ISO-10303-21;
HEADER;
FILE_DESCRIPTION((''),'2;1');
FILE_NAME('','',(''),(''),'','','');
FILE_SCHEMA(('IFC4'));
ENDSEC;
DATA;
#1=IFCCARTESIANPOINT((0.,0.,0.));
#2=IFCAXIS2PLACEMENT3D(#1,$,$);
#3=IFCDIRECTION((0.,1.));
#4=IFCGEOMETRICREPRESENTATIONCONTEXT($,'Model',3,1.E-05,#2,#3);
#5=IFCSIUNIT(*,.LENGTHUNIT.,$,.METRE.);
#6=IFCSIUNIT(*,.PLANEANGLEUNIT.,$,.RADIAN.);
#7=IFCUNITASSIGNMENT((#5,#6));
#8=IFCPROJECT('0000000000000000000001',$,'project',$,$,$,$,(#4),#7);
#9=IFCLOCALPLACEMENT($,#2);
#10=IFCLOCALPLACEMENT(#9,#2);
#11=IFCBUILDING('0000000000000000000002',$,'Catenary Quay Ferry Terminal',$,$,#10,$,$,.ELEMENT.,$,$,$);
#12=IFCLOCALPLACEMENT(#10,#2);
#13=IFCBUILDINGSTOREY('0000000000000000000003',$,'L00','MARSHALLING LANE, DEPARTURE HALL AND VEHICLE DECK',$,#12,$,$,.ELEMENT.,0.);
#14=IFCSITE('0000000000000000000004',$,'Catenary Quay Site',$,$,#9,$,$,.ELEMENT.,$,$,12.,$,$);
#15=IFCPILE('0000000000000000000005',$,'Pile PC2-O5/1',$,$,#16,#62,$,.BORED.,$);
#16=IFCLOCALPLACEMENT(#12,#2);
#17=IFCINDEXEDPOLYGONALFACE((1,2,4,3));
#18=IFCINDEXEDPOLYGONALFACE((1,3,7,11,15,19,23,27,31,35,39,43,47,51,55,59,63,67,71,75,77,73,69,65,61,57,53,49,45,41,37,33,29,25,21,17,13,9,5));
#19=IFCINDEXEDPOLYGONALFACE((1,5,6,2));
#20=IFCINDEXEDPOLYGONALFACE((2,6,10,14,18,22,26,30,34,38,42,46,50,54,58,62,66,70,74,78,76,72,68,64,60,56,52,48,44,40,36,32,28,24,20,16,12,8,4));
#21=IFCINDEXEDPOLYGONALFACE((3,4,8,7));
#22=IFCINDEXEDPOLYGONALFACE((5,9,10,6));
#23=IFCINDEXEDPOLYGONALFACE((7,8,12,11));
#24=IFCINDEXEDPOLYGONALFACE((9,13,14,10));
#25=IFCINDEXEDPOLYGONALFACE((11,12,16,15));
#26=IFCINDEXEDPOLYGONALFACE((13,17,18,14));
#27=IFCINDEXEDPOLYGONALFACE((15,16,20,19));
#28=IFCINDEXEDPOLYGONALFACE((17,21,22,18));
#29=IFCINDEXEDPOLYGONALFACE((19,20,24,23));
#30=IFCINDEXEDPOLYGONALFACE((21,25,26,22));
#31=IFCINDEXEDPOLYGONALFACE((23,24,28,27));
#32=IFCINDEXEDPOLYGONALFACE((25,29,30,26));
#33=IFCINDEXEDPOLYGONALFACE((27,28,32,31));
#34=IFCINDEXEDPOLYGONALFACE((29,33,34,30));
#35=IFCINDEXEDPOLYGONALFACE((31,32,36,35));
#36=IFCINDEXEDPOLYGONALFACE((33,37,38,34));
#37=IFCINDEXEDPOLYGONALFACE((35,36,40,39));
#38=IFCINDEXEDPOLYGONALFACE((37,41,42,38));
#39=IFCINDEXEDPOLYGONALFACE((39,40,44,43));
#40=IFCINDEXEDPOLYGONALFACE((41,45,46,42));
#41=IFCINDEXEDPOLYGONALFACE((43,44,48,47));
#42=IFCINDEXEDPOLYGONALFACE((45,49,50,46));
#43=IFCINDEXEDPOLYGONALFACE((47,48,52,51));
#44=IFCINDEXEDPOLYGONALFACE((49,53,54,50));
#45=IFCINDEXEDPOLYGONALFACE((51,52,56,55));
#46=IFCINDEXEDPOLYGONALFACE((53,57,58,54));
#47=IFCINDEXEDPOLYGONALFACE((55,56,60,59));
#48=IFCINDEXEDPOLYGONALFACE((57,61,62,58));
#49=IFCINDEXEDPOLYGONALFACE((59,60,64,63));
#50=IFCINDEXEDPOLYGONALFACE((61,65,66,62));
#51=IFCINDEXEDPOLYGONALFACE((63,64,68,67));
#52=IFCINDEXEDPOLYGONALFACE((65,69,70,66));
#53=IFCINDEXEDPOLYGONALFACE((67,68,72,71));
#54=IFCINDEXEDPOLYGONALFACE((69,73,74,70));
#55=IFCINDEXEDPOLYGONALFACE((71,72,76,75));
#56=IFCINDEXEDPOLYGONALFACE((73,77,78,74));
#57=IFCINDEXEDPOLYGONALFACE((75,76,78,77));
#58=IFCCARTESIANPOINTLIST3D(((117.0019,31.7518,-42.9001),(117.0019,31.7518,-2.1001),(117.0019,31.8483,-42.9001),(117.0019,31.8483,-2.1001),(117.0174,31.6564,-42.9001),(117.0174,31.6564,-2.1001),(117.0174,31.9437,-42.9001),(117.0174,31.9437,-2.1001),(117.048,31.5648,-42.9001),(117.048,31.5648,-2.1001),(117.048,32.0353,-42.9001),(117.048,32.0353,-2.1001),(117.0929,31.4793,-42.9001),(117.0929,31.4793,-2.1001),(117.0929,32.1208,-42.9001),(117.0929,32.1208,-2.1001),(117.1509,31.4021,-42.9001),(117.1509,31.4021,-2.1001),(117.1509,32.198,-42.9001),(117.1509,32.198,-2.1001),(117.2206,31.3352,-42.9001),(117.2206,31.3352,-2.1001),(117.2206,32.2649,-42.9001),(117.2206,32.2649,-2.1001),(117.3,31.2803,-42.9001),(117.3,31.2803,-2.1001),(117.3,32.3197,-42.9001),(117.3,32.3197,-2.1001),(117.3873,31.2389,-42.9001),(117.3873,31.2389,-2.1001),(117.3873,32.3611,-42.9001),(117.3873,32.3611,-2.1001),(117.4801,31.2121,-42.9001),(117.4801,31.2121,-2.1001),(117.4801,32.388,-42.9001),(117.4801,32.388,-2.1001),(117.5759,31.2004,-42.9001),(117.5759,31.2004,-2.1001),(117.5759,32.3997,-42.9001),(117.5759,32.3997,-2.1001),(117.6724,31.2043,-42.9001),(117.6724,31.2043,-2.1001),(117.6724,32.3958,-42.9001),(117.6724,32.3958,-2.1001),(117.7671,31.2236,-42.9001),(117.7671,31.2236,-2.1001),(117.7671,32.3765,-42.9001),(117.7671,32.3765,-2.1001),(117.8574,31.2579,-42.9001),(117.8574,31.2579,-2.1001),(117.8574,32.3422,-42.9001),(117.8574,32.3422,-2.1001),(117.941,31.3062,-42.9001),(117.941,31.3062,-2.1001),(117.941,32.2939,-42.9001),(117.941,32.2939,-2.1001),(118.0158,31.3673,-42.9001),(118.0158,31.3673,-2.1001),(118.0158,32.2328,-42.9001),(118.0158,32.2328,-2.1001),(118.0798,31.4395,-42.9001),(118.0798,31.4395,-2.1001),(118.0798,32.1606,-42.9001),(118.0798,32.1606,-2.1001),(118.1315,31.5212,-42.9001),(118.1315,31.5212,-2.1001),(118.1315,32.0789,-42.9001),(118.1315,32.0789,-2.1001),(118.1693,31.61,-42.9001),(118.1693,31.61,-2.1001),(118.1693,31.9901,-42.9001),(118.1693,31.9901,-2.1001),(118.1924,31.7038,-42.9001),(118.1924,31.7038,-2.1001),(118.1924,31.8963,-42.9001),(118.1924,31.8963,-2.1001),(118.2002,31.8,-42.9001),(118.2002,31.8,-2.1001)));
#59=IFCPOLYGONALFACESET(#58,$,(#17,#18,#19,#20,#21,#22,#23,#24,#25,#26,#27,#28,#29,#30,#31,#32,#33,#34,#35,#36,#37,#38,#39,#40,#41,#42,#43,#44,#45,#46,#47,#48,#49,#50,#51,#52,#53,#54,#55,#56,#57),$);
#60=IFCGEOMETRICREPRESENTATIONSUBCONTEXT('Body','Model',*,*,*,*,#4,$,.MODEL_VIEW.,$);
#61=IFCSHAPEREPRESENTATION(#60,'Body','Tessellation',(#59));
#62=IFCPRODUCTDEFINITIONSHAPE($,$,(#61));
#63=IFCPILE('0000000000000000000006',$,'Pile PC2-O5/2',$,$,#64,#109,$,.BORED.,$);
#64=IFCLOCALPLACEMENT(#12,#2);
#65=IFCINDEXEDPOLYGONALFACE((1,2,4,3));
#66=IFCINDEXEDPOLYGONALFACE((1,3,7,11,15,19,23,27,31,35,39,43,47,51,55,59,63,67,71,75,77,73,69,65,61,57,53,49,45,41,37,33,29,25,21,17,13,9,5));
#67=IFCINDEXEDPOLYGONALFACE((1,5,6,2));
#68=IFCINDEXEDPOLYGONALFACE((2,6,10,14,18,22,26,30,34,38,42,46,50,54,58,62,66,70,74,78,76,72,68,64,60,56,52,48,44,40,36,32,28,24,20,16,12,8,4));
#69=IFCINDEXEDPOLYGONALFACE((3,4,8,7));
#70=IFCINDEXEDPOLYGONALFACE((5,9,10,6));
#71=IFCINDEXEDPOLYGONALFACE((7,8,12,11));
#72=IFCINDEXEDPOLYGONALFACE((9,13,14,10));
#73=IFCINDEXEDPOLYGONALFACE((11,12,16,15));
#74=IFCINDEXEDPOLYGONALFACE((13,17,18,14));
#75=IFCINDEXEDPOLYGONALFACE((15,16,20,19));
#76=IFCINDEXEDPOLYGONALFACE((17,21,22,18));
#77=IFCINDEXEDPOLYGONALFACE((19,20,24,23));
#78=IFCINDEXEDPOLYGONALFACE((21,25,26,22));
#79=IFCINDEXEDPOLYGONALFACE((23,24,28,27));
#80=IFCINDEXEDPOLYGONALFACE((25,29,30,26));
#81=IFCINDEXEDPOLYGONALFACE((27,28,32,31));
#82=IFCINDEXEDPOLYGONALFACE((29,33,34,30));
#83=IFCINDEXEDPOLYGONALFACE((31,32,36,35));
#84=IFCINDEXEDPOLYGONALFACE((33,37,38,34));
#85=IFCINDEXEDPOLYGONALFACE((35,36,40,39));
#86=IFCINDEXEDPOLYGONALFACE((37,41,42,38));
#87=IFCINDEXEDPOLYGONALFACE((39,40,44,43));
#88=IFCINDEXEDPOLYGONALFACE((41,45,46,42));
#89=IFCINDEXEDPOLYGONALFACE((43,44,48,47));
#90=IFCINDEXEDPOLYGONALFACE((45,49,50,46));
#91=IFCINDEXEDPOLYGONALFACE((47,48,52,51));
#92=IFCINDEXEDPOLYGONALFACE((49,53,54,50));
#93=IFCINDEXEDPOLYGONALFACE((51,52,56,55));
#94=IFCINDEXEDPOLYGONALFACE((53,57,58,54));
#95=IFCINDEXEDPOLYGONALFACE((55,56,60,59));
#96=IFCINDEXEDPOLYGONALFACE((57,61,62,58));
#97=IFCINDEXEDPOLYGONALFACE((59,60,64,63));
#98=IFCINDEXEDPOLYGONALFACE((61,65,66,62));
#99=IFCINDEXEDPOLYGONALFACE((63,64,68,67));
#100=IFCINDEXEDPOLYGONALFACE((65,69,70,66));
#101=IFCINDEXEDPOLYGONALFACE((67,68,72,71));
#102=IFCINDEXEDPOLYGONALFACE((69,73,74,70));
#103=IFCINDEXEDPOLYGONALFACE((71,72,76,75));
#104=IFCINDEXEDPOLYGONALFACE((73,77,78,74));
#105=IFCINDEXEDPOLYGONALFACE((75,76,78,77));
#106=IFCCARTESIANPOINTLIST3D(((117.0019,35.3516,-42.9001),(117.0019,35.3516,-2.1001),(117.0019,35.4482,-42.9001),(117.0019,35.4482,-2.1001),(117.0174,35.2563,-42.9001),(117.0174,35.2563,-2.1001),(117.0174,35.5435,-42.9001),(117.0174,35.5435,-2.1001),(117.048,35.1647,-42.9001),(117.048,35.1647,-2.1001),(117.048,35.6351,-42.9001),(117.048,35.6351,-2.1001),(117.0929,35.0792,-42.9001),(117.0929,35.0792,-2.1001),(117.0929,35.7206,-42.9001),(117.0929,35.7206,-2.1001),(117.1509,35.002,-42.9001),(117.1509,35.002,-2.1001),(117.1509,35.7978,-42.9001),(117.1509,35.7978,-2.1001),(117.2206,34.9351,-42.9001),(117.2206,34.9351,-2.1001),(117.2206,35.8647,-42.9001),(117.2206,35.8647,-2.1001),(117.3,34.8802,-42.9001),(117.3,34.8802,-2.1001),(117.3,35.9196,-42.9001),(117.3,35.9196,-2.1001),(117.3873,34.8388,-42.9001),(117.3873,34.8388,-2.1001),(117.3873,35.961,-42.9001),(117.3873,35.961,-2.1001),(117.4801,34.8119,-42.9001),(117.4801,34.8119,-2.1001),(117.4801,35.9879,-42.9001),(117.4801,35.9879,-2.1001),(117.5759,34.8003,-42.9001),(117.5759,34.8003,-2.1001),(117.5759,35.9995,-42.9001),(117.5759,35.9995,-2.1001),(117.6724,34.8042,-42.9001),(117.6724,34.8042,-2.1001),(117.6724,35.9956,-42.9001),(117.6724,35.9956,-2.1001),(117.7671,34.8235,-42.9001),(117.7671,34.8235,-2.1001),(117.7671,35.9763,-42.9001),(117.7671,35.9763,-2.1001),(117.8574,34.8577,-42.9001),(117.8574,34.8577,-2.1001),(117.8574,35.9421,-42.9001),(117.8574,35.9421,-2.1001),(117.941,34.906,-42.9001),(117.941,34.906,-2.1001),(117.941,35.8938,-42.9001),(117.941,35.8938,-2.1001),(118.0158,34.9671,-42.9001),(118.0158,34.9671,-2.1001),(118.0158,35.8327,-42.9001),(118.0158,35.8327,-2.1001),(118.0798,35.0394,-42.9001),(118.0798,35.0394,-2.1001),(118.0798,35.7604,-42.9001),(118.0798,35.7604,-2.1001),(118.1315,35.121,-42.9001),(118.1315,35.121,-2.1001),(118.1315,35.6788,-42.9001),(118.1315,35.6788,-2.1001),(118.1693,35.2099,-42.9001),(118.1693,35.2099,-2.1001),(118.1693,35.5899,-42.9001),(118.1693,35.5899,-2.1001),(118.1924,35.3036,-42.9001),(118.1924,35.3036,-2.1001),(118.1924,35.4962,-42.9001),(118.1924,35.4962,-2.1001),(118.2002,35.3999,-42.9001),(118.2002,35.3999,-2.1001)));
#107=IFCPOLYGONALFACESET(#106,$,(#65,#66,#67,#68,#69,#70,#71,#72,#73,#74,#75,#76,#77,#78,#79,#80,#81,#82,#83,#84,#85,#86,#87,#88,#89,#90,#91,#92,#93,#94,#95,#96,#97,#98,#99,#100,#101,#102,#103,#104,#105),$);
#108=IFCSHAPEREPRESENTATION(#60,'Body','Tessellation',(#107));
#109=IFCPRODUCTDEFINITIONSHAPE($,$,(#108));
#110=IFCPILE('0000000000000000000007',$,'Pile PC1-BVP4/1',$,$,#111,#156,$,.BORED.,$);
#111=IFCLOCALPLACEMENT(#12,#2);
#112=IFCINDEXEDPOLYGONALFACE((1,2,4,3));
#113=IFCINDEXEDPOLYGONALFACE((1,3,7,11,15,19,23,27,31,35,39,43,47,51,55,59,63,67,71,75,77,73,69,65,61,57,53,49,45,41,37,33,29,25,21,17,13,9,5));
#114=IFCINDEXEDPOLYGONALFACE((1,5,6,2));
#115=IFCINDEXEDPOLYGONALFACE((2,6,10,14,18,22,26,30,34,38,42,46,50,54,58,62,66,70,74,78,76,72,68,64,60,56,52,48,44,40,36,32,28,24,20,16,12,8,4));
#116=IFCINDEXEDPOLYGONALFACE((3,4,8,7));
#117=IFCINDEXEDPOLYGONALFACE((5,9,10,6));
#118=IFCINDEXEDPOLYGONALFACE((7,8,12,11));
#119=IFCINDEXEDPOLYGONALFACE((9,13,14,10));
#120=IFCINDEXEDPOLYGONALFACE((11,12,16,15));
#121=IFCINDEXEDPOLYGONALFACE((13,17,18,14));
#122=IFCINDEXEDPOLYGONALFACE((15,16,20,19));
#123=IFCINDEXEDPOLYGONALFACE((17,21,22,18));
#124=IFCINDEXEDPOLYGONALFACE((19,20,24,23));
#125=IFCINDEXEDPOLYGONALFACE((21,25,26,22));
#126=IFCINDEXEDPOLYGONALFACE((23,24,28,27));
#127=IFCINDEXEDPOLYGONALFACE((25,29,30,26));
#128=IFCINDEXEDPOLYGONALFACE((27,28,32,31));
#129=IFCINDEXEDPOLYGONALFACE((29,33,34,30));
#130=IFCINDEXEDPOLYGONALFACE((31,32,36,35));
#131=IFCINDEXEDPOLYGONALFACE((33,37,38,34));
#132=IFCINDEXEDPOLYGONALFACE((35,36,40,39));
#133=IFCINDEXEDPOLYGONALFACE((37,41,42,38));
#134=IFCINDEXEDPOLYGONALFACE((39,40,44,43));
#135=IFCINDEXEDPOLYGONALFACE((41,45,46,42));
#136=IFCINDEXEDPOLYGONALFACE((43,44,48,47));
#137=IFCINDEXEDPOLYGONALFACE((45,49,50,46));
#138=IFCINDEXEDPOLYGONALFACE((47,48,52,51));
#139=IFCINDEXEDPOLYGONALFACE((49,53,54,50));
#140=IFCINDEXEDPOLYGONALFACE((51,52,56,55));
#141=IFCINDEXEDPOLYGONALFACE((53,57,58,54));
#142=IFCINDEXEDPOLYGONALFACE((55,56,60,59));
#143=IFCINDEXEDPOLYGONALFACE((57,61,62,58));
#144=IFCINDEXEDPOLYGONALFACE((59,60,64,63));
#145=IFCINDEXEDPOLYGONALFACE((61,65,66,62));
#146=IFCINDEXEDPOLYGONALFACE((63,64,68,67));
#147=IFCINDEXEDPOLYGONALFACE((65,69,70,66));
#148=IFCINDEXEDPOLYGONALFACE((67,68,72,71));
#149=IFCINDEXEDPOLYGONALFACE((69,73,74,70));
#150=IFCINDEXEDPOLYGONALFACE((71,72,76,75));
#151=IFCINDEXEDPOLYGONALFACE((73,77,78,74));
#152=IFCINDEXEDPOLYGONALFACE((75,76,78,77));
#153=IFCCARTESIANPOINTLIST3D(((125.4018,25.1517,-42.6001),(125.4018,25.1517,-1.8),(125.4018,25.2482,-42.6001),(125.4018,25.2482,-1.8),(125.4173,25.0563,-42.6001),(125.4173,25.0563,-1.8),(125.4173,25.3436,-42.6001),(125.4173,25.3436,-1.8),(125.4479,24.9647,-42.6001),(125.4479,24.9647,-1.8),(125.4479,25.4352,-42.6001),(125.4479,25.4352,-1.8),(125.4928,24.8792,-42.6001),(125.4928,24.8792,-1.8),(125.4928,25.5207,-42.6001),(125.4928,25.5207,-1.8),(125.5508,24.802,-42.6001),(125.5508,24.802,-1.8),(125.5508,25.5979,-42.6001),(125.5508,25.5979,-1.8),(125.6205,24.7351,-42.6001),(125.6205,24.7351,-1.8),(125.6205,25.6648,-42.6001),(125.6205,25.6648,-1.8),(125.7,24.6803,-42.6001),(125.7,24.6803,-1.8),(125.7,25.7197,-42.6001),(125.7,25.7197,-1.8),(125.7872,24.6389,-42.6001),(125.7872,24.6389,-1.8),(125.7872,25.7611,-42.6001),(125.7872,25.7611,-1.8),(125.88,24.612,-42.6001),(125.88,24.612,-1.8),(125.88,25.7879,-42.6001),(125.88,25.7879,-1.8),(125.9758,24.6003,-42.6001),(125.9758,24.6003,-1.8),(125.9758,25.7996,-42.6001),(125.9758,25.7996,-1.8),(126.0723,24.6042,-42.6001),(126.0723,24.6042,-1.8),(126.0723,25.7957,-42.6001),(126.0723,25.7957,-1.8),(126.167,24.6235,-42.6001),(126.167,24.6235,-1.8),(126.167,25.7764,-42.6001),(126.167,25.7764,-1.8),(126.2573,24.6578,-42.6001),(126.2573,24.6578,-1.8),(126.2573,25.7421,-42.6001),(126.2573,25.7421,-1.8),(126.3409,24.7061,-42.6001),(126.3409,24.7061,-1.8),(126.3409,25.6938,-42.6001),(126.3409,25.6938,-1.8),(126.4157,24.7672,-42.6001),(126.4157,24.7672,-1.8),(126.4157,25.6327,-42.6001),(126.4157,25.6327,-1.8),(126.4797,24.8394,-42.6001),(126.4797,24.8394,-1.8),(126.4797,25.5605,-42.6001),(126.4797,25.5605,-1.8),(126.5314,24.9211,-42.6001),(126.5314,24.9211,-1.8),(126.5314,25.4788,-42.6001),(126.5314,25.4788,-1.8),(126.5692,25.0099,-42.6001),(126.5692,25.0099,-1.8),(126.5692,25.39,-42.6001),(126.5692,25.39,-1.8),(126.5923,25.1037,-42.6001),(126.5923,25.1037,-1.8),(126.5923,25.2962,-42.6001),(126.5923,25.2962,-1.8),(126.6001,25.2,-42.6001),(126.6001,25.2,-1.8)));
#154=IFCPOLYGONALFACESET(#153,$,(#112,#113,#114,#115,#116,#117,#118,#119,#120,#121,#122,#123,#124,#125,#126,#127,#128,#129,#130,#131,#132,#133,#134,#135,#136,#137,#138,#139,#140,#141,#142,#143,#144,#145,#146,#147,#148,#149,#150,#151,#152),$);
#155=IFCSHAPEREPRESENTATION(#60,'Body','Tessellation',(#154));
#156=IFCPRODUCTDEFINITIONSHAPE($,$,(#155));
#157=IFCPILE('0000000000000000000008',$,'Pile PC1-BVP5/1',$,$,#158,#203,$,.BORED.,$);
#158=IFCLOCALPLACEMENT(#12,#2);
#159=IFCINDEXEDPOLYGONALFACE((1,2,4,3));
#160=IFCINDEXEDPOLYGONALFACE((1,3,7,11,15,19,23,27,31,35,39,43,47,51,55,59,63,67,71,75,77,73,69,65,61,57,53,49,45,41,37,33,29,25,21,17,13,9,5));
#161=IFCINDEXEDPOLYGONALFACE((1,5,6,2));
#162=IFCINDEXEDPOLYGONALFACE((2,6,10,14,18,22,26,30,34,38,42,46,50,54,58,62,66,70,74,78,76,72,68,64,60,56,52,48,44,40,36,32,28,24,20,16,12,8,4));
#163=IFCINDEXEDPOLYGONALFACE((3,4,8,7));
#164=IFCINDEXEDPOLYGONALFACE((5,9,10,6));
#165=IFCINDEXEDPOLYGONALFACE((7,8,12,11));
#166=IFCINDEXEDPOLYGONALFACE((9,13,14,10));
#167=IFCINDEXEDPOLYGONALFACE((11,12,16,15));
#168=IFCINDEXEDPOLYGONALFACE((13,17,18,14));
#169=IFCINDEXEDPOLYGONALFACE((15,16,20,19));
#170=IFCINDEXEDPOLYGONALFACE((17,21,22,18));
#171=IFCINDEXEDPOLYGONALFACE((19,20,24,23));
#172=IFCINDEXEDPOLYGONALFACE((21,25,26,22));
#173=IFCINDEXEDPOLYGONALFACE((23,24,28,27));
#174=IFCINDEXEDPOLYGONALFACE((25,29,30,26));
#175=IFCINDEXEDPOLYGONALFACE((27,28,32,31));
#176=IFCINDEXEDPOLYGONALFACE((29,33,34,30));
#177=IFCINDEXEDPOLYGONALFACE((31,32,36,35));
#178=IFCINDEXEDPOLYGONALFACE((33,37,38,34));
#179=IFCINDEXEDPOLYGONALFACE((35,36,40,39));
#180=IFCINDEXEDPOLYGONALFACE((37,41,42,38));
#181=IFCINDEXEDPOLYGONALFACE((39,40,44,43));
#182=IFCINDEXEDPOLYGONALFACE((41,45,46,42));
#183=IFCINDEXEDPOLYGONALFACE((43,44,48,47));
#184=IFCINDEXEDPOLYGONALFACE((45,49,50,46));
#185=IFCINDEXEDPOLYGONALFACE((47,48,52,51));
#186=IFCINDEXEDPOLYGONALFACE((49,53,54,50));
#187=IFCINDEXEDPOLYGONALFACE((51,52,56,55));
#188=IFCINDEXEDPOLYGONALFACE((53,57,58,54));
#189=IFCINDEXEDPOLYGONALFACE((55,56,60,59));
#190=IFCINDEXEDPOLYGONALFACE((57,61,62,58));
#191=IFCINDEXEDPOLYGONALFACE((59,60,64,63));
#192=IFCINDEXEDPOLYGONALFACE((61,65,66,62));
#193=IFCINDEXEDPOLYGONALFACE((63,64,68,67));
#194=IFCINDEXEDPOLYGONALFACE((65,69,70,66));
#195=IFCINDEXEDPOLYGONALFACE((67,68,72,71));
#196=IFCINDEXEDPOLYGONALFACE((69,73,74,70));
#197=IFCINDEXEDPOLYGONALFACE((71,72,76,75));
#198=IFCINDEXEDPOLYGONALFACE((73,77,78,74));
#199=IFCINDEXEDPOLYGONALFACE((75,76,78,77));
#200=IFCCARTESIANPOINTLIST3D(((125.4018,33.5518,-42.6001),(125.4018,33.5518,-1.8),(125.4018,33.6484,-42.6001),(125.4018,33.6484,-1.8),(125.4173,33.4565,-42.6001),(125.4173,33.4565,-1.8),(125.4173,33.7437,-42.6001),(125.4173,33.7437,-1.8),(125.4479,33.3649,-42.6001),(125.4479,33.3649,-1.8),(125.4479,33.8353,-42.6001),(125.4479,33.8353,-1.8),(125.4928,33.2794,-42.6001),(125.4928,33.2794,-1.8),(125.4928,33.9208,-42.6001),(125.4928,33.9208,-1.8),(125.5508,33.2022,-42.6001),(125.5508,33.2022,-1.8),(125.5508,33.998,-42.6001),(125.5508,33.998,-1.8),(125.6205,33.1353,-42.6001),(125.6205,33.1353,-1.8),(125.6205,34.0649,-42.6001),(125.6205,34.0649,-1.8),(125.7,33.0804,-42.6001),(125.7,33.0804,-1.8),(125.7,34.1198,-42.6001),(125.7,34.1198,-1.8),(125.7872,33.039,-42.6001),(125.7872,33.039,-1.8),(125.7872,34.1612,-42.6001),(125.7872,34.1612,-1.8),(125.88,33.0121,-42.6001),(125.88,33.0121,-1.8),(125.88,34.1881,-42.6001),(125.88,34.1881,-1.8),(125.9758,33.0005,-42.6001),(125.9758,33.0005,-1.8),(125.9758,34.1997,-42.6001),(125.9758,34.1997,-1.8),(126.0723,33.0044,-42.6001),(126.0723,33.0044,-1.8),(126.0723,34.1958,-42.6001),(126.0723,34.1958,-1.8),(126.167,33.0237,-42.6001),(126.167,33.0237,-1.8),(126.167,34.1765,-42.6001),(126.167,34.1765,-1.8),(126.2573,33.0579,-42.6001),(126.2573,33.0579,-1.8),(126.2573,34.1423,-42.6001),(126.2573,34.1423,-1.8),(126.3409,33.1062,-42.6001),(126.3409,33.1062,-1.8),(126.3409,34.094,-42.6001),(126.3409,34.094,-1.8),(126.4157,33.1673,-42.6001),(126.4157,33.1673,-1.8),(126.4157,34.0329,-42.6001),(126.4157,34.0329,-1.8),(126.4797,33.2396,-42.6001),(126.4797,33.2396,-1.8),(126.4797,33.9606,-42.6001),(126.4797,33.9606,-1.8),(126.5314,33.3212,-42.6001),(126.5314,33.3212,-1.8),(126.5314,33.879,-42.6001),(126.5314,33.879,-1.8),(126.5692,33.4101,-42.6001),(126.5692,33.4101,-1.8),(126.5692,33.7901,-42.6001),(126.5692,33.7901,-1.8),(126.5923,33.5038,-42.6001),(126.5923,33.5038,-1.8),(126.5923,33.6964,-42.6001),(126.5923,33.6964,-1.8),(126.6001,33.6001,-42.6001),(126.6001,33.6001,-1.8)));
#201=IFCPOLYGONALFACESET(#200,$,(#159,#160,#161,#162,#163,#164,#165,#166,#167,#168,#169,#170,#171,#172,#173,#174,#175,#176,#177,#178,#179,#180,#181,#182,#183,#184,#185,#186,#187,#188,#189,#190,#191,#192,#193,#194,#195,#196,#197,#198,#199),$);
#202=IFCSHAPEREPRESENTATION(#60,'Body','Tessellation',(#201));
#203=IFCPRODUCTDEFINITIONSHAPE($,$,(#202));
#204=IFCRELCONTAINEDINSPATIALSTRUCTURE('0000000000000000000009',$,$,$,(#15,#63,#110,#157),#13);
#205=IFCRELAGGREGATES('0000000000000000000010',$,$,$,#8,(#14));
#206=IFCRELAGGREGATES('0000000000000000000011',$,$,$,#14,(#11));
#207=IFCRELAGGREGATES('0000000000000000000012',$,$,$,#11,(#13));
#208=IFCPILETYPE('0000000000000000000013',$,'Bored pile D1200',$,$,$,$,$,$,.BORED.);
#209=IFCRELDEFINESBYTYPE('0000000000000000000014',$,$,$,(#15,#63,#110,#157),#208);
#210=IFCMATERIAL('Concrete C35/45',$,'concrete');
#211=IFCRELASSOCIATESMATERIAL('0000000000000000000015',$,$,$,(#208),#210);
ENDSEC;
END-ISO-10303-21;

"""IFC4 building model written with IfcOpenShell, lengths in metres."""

from ifc_helpers import new_model, si_unit, direction, frame, origin, origin_2d, place, context, subcontext, project, spatial, circle, extrude, material, material_profile, profile_set, type_object, element, save


model = new_model("IFC4")

# Units and contexts
model_context = context("Model", 3, precision=1e-05, world=origin(), true_north=direction((0.0, 1.0)))
body_context = subcontext(model_context, "Body", "Model", "MODEL_VIEW")
ifc_project = project(units=[si_unit("LENGTHUNIT", "METRE"), si_unit("PLANEANGLEUNIT", "RADIAN")], contexts=[model_context])

# Site, building, storey
site_placement = place(None, origin())
site = spatial("IfcSite", under=ifc_project, at=site_placement, Name="Catenary Quay Site", CompositionType="ELEMENT", RefElevation=12.0)
building_placement = place(site_placement, origin())
building = spatial("IfcBuilding", under=site, at=building_placement, Name="Catenary Quay Ferry Terminal", CompositionType="ELEMENT")
storey_placement = place(building_placement, origin())
storey = spatial("IfcBuildingStorey", under=building, at=storey_placement, Name="L00", Description="MARSHALLING LANE, DEPARTURE HALL AND VEHICLE DECK", CompositionType="ELEMENT", Elevation=0.0)

# Piles
ifc_material_1 = material(Name="Concrete C35/45", Category="concrete")
ifc_material_profile_1 = material_profile(ifc_material_1, circle(Radius=0.6001, at=origin_2d()), Name="D1200")
ifc_profile_set_1 = profile_set([ifc_material_profile_1], Name="Concrete C35/45")
pile_type = type_object("IfcPileType", Name="Bored pile D1200", PredefinedType="BORED", material=ifc_profile_set_1)
for number, where, z_axis, x_axis, name in (
    (1, (117.6001, 31.8, -2.1001), (0.0, 0.0, -1.0), (1.0, 0.0, 0.0), "Pile PC2-O5/1"),
    (2, (117.6001, 35.3999, -2.1001), (0.0, 0.0, -1.0), (1.0, 0.0, 0.0), "Pile PC2-O5/2"),
    (3, (126.0, 25.2, -1.8), (0.0, 0.0, -1.0), (1.0, 0.0, 0.0), "Pile PC1-BVP4/1"),
    (4, (126.0, 33.6001, -1.8), (0.0, 0.0, -1.0), (1.0, 0.0, 0.0), "Pile PC1-BVP5/1"),
):
    element("IfcPile", number, at=place(storey_placement, frame(where, z_axis=z_axis, x_axis=x_axis)), inside=storey, type_object=pile_type, Name=name, PredefinedType="BORED", context=body_context, shape_type="SweptSolid", body=[
        extrude(circle(Radius=0.6001, at=origin_2d()), origin(), (0.0, 0.0, 1.0), 40.8),
    ])

save(model, "model.ifc")
